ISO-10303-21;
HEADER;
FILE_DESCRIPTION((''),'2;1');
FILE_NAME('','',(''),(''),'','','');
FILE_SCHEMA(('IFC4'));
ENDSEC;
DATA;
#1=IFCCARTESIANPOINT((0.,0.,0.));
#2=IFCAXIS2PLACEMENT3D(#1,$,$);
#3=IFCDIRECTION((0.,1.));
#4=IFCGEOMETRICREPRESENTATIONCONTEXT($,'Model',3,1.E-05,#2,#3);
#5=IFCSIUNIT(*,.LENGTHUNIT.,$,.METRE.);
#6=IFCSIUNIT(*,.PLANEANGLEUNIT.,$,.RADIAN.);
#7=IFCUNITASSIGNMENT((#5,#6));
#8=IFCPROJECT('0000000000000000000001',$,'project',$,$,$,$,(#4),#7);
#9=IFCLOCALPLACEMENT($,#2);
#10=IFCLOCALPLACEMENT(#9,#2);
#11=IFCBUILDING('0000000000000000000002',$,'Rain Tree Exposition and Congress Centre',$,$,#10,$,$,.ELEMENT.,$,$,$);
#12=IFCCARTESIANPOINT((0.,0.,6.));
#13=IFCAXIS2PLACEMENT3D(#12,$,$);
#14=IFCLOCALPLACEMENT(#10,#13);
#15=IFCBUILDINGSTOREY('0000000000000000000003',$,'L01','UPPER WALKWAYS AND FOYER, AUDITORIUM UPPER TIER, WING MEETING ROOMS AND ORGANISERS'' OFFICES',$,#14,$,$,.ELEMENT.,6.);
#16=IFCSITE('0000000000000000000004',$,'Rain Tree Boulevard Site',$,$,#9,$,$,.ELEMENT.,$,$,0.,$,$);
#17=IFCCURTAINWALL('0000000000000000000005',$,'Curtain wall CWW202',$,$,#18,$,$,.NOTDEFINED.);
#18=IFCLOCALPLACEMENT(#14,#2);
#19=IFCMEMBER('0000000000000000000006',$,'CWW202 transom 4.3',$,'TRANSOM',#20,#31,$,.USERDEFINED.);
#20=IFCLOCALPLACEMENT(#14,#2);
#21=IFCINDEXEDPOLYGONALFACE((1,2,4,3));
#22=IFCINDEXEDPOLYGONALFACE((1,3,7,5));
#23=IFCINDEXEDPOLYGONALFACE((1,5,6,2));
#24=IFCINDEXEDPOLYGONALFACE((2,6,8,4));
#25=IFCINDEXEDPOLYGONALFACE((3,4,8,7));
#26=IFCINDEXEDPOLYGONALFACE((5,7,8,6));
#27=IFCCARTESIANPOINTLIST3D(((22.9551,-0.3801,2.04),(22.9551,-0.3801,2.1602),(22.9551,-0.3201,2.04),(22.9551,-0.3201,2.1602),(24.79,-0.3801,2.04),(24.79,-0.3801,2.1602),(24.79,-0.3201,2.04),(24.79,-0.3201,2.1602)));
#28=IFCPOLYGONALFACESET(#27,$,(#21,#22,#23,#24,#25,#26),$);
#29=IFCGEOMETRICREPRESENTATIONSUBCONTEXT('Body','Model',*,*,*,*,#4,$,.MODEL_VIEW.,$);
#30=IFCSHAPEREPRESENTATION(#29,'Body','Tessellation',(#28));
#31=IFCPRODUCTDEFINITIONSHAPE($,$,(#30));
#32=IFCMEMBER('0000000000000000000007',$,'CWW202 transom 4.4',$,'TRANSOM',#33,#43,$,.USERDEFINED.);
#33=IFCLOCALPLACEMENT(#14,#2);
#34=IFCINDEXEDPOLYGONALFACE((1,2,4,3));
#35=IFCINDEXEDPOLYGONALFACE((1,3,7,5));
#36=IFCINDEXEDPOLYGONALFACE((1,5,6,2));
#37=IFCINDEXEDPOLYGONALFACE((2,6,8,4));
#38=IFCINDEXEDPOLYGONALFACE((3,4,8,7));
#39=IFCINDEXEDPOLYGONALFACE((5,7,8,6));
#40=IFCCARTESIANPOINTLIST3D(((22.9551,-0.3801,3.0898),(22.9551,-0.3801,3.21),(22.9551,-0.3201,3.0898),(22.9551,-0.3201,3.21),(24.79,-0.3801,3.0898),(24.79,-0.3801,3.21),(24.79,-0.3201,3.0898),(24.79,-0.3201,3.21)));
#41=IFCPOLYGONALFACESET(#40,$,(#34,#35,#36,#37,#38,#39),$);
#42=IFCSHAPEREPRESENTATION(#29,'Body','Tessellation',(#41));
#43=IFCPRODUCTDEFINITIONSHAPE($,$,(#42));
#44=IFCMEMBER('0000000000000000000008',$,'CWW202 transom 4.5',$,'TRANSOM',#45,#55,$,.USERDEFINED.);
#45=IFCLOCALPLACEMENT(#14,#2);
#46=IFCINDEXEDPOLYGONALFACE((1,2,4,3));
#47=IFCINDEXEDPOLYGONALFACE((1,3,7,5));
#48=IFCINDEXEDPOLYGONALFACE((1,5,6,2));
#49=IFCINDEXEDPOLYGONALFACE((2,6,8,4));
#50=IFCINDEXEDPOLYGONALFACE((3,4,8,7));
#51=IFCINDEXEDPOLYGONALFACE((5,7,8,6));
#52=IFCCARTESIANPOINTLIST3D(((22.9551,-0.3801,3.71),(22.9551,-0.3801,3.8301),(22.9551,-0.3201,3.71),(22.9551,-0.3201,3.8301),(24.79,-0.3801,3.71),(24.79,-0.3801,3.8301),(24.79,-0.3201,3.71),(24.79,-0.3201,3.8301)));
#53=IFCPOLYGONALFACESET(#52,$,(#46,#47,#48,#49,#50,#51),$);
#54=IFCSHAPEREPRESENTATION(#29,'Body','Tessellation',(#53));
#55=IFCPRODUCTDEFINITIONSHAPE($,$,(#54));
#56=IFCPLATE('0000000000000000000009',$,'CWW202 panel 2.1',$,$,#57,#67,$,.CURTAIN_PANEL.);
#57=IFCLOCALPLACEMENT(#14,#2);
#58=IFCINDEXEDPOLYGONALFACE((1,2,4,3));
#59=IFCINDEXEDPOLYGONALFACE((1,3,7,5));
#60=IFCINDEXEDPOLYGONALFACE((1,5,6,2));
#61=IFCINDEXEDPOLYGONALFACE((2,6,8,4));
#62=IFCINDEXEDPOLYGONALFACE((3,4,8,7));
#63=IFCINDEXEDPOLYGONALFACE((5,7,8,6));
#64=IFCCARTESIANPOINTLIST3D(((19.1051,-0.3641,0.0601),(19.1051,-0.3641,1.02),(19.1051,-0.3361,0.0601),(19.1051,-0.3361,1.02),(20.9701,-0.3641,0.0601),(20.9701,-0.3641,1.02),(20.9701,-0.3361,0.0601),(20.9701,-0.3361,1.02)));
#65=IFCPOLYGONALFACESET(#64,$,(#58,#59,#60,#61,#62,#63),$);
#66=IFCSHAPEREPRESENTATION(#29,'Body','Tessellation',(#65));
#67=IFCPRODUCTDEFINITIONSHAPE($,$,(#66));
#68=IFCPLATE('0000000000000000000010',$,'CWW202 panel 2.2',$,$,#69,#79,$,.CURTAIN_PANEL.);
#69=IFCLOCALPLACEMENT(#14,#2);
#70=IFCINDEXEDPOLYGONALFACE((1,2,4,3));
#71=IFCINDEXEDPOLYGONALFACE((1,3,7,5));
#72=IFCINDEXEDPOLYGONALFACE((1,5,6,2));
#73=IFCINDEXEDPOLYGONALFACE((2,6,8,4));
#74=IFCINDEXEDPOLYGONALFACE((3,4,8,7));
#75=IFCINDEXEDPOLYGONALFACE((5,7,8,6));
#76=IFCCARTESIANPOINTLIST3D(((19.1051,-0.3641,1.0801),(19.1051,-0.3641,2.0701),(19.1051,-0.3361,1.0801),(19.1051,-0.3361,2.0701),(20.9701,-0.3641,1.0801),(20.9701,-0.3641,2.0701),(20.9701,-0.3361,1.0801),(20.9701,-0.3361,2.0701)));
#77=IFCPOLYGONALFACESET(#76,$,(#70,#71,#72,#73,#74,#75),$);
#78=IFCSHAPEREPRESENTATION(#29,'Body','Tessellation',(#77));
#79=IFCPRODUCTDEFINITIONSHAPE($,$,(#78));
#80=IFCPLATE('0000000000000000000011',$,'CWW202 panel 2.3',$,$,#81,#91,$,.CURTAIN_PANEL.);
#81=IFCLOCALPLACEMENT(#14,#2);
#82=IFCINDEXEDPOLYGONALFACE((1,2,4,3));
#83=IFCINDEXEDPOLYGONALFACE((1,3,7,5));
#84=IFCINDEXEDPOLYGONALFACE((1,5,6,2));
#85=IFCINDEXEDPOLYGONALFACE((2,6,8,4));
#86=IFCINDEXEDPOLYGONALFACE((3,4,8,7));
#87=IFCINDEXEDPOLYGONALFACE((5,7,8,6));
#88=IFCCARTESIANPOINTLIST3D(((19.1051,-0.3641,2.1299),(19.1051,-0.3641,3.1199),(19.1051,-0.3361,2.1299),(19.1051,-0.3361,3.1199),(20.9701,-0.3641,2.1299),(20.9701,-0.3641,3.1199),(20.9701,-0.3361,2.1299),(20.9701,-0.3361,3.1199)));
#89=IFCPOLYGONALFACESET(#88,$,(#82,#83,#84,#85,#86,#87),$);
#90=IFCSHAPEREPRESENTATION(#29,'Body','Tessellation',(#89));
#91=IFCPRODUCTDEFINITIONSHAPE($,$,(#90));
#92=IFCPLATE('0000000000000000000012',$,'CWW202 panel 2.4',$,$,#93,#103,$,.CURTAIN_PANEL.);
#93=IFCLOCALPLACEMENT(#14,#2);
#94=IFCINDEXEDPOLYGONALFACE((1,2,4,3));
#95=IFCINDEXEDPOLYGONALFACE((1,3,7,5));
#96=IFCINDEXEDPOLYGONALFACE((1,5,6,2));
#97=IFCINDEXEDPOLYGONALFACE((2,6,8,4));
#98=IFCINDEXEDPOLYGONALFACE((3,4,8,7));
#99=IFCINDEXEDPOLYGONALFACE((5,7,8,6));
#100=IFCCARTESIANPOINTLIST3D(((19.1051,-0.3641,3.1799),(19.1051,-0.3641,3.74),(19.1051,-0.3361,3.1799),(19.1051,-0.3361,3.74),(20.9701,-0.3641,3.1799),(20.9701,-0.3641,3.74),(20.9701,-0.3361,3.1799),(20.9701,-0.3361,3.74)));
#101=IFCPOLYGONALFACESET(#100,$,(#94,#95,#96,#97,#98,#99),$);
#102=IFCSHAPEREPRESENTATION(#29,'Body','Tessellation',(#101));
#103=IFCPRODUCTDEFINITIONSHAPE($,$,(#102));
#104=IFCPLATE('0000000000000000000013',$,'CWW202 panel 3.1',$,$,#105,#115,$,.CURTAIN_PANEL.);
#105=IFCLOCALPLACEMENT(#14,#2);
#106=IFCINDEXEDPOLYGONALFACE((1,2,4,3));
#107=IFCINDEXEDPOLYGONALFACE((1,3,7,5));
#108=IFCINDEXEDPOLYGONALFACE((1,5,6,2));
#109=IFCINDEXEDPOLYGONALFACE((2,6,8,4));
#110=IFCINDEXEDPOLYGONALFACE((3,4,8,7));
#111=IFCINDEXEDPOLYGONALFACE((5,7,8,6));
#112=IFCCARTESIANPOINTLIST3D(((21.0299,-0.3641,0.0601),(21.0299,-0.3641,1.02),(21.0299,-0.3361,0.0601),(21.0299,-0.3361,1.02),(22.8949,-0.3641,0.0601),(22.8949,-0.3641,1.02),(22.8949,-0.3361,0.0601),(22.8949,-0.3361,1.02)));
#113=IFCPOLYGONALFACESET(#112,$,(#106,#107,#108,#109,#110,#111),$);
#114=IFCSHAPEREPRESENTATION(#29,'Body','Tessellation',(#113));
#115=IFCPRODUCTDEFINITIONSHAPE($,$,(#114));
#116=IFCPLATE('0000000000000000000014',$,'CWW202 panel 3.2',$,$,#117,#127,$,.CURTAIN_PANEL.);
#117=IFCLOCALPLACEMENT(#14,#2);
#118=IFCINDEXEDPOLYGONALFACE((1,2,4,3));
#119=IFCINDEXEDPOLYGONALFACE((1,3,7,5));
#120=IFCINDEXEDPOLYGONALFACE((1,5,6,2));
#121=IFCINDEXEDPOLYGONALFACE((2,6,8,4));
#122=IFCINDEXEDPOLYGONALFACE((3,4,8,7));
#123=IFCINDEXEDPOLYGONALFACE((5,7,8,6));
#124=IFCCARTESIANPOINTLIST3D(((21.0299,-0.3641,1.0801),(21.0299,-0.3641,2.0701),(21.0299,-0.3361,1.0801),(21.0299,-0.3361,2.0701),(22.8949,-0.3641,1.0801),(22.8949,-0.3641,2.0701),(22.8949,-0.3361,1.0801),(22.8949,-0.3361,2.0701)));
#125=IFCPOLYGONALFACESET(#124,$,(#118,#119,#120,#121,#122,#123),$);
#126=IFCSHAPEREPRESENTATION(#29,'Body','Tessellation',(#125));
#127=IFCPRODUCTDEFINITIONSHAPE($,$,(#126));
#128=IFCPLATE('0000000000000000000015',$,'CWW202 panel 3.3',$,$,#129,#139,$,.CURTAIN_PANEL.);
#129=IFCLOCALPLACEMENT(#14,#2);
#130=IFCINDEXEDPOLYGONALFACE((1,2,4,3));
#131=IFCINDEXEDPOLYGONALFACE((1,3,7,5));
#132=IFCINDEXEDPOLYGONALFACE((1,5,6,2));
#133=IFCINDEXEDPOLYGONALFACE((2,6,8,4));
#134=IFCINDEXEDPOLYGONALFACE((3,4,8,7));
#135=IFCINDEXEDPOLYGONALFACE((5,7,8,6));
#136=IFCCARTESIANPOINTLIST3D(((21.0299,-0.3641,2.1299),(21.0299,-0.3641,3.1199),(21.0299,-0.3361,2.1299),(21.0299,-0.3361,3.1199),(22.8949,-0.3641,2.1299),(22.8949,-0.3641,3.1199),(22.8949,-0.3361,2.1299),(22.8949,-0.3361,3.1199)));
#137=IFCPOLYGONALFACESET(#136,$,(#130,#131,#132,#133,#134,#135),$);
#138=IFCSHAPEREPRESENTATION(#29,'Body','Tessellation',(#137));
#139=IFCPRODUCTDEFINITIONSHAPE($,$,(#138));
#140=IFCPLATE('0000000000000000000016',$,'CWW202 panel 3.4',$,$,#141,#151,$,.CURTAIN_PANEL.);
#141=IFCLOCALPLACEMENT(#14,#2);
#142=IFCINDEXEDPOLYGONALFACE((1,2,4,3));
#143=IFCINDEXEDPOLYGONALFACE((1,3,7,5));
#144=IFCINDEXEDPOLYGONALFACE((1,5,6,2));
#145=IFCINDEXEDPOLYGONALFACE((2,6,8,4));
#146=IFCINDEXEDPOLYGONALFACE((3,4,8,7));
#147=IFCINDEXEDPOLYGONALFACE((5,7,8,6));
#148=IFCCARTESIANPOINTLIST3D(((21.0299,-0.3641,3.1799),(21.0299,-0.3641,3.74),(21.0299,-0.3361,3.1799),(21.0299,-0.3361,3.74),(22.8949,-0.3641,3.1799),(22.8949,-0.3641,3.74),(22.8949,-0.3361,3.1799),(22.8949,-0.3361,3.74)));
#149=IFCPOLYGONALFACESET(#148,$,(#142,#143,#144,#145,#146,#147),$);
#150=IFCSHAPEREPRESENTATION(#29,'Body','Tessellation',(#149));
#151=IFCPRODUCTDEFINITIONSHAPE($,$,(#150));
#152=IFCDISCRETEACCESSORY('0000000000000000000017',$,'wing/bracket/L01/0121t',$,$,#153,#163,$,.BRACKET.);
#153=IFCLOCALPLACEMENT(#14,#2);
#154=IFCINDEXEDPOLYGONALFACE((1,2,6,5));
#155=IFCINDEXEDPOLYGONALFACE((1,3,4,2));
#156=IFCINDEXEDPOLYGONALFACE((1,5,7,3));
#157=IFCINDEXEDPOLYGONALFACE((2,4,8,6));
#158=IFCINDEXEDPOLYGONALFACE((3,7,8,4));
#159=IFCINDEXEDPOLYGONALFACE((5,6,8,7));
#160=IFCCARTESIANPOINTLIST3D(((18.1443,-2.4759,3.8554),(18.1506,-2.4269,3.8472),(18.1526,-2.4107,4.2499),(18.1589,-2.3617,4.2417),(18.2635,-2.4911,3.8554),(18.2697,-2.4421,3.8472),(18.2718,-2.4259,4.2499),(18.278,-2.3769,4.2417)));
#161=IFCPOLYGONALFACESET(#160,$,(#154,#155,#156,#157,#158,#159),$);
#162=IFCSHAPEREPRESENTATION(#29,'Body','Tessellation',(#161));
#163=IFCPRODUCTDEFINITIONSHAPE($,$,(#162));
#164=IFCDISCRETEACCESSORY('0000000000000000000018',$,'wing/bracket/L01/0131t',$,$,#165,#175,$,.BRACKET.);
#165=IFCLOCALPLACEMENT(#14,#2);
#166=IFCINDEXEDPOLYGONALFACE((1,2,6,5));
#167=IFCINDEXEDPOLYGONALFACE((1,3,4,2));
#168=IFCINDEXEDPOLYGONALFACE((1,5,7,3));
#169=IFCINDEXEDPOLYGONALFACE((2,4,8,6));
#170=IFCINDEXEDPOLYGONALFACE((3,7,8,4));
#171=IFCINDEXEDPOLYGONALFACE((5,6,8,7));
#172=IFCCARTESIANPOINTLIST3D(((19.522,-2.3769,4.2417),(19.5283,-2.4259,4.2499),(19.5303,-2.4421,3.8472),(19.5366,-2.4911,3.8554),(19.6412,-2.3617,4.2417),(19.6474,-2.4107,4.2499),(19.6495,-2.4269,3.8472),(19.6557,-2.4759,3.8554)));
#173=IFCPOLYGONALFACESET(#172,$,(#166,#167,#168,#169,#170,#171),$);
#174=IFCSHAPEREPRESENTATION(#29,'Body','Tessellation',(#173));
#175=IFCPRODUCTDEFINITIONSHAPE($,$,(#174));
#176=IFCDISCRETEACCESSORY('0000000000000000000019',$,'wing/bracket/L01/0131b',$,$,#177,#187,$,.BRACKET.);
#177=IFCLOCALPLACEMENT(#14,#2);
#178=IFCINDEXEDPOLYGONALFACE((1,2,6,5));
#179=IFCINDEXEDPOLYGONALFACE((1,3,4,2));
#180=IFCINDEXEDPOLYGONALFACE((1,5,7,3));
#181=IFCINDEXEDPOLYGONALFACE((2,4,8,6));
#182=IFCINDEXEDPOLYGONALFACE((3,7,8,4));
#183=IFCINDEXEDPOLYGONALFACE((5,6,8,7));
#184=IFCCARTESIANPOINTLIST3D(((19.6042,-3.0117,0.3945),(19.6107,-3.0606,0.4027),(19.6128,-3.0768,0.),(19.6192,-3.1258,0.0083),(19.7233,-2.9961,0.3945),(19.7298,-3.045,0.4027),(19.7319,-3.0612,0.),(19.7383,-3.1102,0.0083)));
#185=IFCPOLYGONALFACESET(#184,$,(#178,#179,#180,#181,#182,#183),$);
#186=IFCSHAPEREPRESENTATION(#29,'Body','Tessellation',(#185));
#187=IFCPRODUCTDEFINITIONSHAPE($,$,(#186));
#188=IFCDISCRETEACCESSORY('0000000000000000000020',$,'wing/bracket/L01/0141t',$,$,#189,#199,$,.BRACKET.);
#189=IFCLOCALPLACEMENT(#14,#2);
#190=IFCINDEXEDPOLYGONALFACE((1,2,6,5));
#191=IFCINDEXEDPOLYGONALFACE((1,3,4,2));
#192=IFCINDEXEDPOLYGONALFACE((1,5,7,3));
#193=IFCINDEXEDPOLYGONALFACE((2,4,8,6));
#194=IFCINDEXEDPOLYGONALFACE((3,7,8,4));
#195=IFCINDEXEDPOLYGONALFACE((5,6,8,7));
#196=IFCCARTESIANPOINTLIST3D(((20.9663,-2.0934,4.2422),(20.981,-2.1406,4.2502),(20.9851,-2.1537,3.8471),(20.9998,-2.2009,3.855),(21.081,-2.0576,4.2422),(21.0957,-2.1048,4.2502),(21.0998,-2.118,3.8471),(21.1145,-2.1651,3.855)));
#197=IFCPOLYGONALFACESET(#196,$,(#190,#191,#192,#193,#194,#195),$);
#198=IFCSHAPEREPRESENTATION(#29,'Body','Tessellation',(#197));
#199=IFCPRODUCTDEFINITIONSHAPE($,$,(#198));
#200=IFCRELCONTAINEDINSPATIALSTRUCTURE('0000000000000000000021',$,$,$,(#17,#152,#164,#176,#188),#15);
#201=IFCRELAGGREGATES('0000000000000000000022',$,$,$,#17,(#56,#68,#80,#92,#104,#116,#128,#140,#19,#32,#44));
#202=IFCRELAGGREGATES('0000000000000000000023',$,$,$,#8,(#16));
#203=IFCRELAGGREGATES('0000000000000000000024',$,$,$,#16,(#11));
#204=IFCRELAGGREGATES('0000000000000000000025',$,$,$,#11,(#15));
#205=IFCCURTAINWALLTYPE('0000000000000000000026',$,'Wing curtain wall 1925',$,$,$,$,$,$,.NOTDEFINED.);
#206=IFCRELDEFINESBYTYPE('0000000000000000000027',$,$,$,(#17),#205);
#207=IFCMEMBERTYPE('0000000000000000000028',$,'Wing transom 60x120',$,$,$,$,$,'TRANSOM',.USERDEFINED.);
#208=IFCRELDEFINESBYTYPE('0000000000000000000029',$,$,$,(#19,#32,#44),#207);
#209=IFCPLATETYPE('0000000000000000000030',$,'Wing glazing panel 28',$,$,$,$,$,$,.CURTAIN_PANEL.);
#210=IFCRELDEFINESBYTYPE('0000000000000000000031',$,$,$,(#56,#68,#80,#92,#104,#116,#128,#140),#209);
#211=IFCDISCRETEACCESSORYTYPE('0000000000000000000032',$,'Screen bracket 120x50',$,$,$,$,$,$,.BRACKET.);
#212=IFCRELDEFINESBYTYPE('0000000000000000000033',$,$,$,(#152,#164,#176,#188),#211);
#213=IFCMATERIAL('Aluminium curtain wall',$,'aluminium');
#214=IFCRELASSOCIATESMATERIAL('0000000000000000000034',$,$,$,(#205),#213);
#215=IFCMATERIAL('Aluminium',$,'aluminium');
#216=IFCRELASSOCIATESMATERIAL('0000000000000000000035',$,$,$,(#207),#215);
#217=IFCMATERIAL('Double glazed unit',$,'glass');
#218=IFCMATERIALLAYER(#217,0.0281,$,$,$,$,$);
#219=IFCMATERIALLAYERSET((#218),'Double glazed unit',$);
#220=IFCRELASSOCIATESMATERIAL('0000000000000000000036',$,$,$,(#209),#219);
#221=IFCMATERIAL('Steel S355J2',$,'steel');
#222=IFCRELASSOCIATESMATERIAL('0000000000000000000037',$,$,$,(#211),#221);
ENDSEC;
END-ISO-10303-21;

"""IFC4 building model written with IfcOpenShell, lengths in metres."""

from ifc_helpers import new_model, si_unit, direction, frame, origin, origin_2d, place, context, subcontext, project, spatial, rectangle, extrude, material, layer, layer_set, material_profile, profile_set, type_object, element, aggregate, save


model = new_model("IFC4")

# Units and contexts
model_context = context("Model", 3, precision=1e-05, world=origin(), true_north=direction((0.0, 1.0)))
body_context = subcontext(model_context, "Body", "Model", "MODEL_VIEW")
ifc_project = project(units=[si_unit("LENGTHUNIT", "METRE"), si_unit("PLANEANGLEUNIT", "RADIAN")], contexts=[model_context])

# Site, building, storey
site_placement = place(None, origin())
site = spatial("IfcSite", under=ifc_project, at=site_placement, Name="Rain Tree Boulevard Site", CompositionType="ELEMENT", RefElevation=0.0)
building_placement = place(site_placement, origin())
building = spatial("IfcBuilding", under=site, at=building_placement, Name="Rain Tree Exposition and Congress Centre", CompositionType="ELEMENT")
storey_placement = place(building_placement, frame((0.0, 0.0, 6.0)))
storey = spatial("IfcBuildingStorey", under=building, at=storey_placement, Name="L01", Description="UPPER WALKWAYS AND FOYER, AUDITORIUM UPPER TIER, WING MEETING ROOMS AND ORGANISERS' OFFICES", CompositionType="ELEMENT", Elevation=6.0)

# Curtain wall, members, plates
ifc_material_1 = material(Name="Aluminium curtain wall", Category="aluminium")
curtain_wall_type = type_object("IfcCurtainWallType", Name="Wing curtain wall 1925", PredefinedType="NOTDEFINED", material=ifc_material_1)
curtain_wall_placement = place(storey_placement, origin())
curtain_wall = element("IfcCurtainWall", 1, at=curtain_wall_placement, inside=storey, type_object=curtain_wall_type, Name="Curtain wall CWW202", PredefinedType="NOTDEFINED")
ifc_material_2 = material(Name="Aluminium", Category="aluminium")
ifc_material_profile_1 = material_profile(ifc_material_2, rectangle(XDim=0.0601, YDim=0.1201, at=origin_2d()), Name="Aluminium 60x120")
ifc_profile_set_1 = profile_set([ifc_material_profile_1], Name="Aluminium")
member_type_1 = type_object("IfcMemberType", Name="Wing transom 60x120", ElementType="TRANSOM", PredefinedType="USERDEFINED", material=ifc_profile_set_1)
member_1_placement = place(storey_placement, frame((22.9551, -0.3501, 2.1001), z_axis=(1.0, 0.0, 0.0), x_axis=(0.0, 1.0, 0.0)))
member_1 = element("IfcMember", 2, at=member_1_placement, type_object=member_type_1, Name="CWW202 transom 4.3", ObjectType="TRANSOM", PredefinedType="USERDEFINED", context=body_context, shape_type="SweptSolid", body=[
    extrude(rectangle(XDim=0.0601, YDim=0.1201, at=origin_2d()), origin(), (0.0, 0.0, 1.0), 1.835),
])
member_2_placement = place(storey_placement, frame((22.9551, -0.3501, 3.1499), z_axis=(1.0, 0.0, 0.0), x_axis=(0.0, 1.0, 0.0)))
member_2 = element("IfcMember", 3, at=member_2_placement, type_object=member_type_1, Name="CWW202 transom 4.4", ObjectType="TRANSOM", PredefinedType="USERDEFINED", context=body_context, shape_type="SweptSolid", body=[
    extrude(rectangle(XDim=0.0601, YDim=0.1201, at=origin_2d()), origin(), (0.0, 0.0, 1.0), 1.835),
])
member_3_placement = place(storey_placement, frame((22.9551, -0.3501, 3.77), z_axis=(1.0, 0.0, 0.0), x_axis=(0.0, 1.0, 0.0)))
member_3 = element("IfcMember", 4, at=member_3_placement, type_object=member_type_1, Name="CWW202 transom 4.5", ObjectType="TRANSOM", PredefinedType="USERDEFINED", context=body_context, shape_type="SweptSolid", body=[
    extrude(rectangle(XDim=0.0601, YDim=0.1201, at=origin_2d()), origin(), (0.0, 0.0, 1.0), 1.835),
])
ifc_material_3 = material(Name="Double glazed unit", Category="glass")
ifc_layer_1 = layer(ifc_material_3, 0.0281)
ifc_layer_set_1 = layer_set([ifc_layer_1], Name="Double glazed unit")
plate_type = type_object("IfcPlateType", Name="Wing glazing panel 28", PredefinedType="CURTAIN_PANEL", material=ifc_layer_set_1)
plate_1_placement = place(storey_placement, frame((20.0376, -0.3501, 0.0601), z_axis=(0.0, 0.0, 1.0), x_axis=(1.0, 0.0, 0.0)))
plate_1 = element("IfcPlate", 5, at=plate_1_placement, type_object=plate_type, Name="CWW202 panel 2.1", PredefinedType="CURTAIN_PANEL", context=body_context, shape_type="SweptSolid", body=[
    extrude(rectangle(XDim=1.865, YDim=0.0281, at=origin_2d()), origin(), (0.0, 0.0, 1.0), 0.96),
])
plate_2_placement = place(storey_placement, frame((20.0376, -0.3501, 1.0801), z_axis=(0.0, 0.0, 1.0), x_axis=(1.0, 0.0, 0.0)))
plate_2 = element("IfcPlate", 6, at=plate_2_placement, type_object=plate_type, Name="CWW202 panel 2.2", PredefinedType="CURTAIN_PANEL", context=body_context, shape_type="SweptSolid", body=[
    extrude(rectangle(XDim=1.865, YDim=0.0281, at=origin_2d()), origin(), (0.0, 0.0, 1.0), 0.99),
])
plate_3_placement = place(storey_placement, frame((20.0376, -0.3501, 2.1299), z_axis=(0.0, 0.0, 1.0), x_axis=(1.0, 0.0, 0.0)))
plate_3 = element("IfcPlate", 7, at=plate_3_placement, type_object=plate_type, Name="CWW202 panel 2.3", PredefinedType="CURTAIN_PANEL", context=body_context, shape_type="SweptSolid", body=[
    extrude(rectangle(XDim=1.865, YDim=0.0281, at=origin_2d()), origin(), (0.0, 0.0, 1.0), 0.99),
])
plate_4_placement = place(storey_placement, frame((20.0376, -0.3501, 3.1799), z_axis=(0.0, 0.0, 1.0), x_axis=(1.0, 0.0, 0.0)))
plate_4 = element("IfcPlate", 8, at=plate_4_placement, type_object=plate_type, Name="CWW202 panel 2.4", PredefinedType="CURTAIN_PANEL", context=body_context, shape_type="SweptSolid", body=[
    extrude(rectangle(XDim=1.865, YDim=0.0281, at=origin_2d()), origin(), (0.0, 0.0, 1.0), 0.5601),
])
plate_5_placement = place(storey_placement, frame((21.9624, -0.3501, 0.0601), z_axis=(0.0, 0.0, 1.0), x_axis=(1.0, 0.0, 0.0)))
plate_5 = element("IfcPlate", 9, at=plate_5_placement, type_object=plate_type, Name="CWW202 panel 3.1", PredefinedType="CURTAIN_PANEL", context=body_context, shape_type="SweptSolid", body=[
    extrude(rectangle(XDim=1.865, YDim=0.0281, at=origin_2d()), origin(), (0.0, 0.0, 1.0), 0.96),
])
plate_6_placement = place(storey_placement, frame((21.9624, -0.3501, 1.0801), z_axis=(0.0, 0.0, 1.0), x_axis=(1.0, 0.0, 0.0)))
plate_6 = element("IfcPlate", 10, at=plate_6_placement, type_object=plate_type, Name="CWW202 panel 3.2", PredefinedType="CURTAIN_PANEL", context=body_context, shape_type="SweptSolid", body=[
    extrude(rectangle(XDim=1.865, YDim=0.0281, at=origin_2d()), origin(), (0.0, 0.0, 1.0), 0.99),
])
plate_7_placement = place(storey_placement, frame((21.9624, -0.3501, 2.1299), z_axis=(0.0, 0.0, 1.0), x_axis=(1.0, 0.0, 0.0)))
plate_7 = element("IfcPlate", 11, at=plate_7_placement, type_object=plate_type, Name="CWW202 panel 3.3", PredefinedType="CURTAIN_PANEL", context=body_context, shape_type="SweptSolid", body=[
    extrude(rectangle(XDim=1.865, YDim=0.0281, at=origin_2d()), origin(), (0.0, 0.0, 1.0), 0.99),
])
plate_8_placement = place(storey_placement, frame((21.9624, -0.3501, 3.1799), z_axis=(0.0, 0.0, 1.0), x_axis=(1.0, 0.0, 0.0)))
plate_8 = element("IfcPlate", 12, at=plate_8_placement, type_object=plate_type, Name="CWW202 panel 3.4", PredefinedType="CURTAIN_PANEL", context=body_context, shape_type="SweptSolid", body=[
    extrude(rectangle(XDim=1.865, YDim=0.0281, at=origin_2d()), origin(), (0.0, 0.0, 1.0), 0.5601),
])
aggregate(curtain_wall, [plate_1, plate_2, plate_3, plate_4, plate_5, plate_6, plate_7, plate_8, member_1, member_2, member_3])

# Discrete accessories
ifc_material_4 = material(Name="Steel S355J2", Category="steel")
ifc_material_profile_2 = material_profile(ifc_material_4, rectangle(XDim=0.1201, YDim=0.05, at=origin_2d()), Name="Flat bar 120x50")
ifc_profile_set_2 = profile_set([ifc_material_profile_2], Name="Steel S355J2")
discrete_accessory_type = type_object("IfcDiscreteAccessoryType", Name="Screen bracket 120x50", PredefinedType="BRACKET", material=ifc_profile_set_2)
for number, where, z_axis, x_axis, name in (
    (13, (18.207, -2.459, 3.8513), (0.020754, 0.162978, 0.986411), (-0.991989, 0.126321, 0.0), "wing/bracket/L01/0121t"),
    (14, (19.593, -2.459, 3.8513), (-0.020754, 0.162978, 0.986411), (-0.991989, -0.126321, 0.0), "wing/bracket/L01/0131t"),
    (15, (19.6755, -3.0935, 0.0042), (-0.021364, 0.162976, 0.986399), (-0.991517, -0.129974, 0.0), "wing/bracket/L01/0131b"),
):
    element("IfcDiscreteAccessory", number, at=place(storey_placement, frame(where, z_axis=z_axis, x_axis=x_axis)), inside=storey, type_object=discrete_accessory_type, Name=name, PredefinedType="BRACKET", context=body_context, shape_type="SweptSolid", body=[
        extrude(rectangle(XDim=0.1201, YDim=0.05, at=origin_2d()), origin(), (0.0, 0.0, 1.0), 0.3999),
    ])
for number, where, z_axis, x_axis, name in (
    (16, (21.0498, -2.1594, 3.8511), (-0.046993, 0.150743, 0.987456), (-0.954686, -0.297615, 0.0), "wing/bracket/L01/0141t"),
):
    element("IfcDiscreteAccessory", number, at=place(storey_placement, frame(where, z_axis=z_axis, x_axis=x_axis)), inside=storey, type_object=discrete_accessory_type, Name=name, PredefinedType="BRACKET", context=body_context, shape_type="SweptSolid", body=[
        extrude(rectangle(XDim=0.1201, YDim=0.05, at=origin_2d()), origin(), (0.0, 0.0, 1.0), 0.4001),
    ])

save(model, "model.ifc")
